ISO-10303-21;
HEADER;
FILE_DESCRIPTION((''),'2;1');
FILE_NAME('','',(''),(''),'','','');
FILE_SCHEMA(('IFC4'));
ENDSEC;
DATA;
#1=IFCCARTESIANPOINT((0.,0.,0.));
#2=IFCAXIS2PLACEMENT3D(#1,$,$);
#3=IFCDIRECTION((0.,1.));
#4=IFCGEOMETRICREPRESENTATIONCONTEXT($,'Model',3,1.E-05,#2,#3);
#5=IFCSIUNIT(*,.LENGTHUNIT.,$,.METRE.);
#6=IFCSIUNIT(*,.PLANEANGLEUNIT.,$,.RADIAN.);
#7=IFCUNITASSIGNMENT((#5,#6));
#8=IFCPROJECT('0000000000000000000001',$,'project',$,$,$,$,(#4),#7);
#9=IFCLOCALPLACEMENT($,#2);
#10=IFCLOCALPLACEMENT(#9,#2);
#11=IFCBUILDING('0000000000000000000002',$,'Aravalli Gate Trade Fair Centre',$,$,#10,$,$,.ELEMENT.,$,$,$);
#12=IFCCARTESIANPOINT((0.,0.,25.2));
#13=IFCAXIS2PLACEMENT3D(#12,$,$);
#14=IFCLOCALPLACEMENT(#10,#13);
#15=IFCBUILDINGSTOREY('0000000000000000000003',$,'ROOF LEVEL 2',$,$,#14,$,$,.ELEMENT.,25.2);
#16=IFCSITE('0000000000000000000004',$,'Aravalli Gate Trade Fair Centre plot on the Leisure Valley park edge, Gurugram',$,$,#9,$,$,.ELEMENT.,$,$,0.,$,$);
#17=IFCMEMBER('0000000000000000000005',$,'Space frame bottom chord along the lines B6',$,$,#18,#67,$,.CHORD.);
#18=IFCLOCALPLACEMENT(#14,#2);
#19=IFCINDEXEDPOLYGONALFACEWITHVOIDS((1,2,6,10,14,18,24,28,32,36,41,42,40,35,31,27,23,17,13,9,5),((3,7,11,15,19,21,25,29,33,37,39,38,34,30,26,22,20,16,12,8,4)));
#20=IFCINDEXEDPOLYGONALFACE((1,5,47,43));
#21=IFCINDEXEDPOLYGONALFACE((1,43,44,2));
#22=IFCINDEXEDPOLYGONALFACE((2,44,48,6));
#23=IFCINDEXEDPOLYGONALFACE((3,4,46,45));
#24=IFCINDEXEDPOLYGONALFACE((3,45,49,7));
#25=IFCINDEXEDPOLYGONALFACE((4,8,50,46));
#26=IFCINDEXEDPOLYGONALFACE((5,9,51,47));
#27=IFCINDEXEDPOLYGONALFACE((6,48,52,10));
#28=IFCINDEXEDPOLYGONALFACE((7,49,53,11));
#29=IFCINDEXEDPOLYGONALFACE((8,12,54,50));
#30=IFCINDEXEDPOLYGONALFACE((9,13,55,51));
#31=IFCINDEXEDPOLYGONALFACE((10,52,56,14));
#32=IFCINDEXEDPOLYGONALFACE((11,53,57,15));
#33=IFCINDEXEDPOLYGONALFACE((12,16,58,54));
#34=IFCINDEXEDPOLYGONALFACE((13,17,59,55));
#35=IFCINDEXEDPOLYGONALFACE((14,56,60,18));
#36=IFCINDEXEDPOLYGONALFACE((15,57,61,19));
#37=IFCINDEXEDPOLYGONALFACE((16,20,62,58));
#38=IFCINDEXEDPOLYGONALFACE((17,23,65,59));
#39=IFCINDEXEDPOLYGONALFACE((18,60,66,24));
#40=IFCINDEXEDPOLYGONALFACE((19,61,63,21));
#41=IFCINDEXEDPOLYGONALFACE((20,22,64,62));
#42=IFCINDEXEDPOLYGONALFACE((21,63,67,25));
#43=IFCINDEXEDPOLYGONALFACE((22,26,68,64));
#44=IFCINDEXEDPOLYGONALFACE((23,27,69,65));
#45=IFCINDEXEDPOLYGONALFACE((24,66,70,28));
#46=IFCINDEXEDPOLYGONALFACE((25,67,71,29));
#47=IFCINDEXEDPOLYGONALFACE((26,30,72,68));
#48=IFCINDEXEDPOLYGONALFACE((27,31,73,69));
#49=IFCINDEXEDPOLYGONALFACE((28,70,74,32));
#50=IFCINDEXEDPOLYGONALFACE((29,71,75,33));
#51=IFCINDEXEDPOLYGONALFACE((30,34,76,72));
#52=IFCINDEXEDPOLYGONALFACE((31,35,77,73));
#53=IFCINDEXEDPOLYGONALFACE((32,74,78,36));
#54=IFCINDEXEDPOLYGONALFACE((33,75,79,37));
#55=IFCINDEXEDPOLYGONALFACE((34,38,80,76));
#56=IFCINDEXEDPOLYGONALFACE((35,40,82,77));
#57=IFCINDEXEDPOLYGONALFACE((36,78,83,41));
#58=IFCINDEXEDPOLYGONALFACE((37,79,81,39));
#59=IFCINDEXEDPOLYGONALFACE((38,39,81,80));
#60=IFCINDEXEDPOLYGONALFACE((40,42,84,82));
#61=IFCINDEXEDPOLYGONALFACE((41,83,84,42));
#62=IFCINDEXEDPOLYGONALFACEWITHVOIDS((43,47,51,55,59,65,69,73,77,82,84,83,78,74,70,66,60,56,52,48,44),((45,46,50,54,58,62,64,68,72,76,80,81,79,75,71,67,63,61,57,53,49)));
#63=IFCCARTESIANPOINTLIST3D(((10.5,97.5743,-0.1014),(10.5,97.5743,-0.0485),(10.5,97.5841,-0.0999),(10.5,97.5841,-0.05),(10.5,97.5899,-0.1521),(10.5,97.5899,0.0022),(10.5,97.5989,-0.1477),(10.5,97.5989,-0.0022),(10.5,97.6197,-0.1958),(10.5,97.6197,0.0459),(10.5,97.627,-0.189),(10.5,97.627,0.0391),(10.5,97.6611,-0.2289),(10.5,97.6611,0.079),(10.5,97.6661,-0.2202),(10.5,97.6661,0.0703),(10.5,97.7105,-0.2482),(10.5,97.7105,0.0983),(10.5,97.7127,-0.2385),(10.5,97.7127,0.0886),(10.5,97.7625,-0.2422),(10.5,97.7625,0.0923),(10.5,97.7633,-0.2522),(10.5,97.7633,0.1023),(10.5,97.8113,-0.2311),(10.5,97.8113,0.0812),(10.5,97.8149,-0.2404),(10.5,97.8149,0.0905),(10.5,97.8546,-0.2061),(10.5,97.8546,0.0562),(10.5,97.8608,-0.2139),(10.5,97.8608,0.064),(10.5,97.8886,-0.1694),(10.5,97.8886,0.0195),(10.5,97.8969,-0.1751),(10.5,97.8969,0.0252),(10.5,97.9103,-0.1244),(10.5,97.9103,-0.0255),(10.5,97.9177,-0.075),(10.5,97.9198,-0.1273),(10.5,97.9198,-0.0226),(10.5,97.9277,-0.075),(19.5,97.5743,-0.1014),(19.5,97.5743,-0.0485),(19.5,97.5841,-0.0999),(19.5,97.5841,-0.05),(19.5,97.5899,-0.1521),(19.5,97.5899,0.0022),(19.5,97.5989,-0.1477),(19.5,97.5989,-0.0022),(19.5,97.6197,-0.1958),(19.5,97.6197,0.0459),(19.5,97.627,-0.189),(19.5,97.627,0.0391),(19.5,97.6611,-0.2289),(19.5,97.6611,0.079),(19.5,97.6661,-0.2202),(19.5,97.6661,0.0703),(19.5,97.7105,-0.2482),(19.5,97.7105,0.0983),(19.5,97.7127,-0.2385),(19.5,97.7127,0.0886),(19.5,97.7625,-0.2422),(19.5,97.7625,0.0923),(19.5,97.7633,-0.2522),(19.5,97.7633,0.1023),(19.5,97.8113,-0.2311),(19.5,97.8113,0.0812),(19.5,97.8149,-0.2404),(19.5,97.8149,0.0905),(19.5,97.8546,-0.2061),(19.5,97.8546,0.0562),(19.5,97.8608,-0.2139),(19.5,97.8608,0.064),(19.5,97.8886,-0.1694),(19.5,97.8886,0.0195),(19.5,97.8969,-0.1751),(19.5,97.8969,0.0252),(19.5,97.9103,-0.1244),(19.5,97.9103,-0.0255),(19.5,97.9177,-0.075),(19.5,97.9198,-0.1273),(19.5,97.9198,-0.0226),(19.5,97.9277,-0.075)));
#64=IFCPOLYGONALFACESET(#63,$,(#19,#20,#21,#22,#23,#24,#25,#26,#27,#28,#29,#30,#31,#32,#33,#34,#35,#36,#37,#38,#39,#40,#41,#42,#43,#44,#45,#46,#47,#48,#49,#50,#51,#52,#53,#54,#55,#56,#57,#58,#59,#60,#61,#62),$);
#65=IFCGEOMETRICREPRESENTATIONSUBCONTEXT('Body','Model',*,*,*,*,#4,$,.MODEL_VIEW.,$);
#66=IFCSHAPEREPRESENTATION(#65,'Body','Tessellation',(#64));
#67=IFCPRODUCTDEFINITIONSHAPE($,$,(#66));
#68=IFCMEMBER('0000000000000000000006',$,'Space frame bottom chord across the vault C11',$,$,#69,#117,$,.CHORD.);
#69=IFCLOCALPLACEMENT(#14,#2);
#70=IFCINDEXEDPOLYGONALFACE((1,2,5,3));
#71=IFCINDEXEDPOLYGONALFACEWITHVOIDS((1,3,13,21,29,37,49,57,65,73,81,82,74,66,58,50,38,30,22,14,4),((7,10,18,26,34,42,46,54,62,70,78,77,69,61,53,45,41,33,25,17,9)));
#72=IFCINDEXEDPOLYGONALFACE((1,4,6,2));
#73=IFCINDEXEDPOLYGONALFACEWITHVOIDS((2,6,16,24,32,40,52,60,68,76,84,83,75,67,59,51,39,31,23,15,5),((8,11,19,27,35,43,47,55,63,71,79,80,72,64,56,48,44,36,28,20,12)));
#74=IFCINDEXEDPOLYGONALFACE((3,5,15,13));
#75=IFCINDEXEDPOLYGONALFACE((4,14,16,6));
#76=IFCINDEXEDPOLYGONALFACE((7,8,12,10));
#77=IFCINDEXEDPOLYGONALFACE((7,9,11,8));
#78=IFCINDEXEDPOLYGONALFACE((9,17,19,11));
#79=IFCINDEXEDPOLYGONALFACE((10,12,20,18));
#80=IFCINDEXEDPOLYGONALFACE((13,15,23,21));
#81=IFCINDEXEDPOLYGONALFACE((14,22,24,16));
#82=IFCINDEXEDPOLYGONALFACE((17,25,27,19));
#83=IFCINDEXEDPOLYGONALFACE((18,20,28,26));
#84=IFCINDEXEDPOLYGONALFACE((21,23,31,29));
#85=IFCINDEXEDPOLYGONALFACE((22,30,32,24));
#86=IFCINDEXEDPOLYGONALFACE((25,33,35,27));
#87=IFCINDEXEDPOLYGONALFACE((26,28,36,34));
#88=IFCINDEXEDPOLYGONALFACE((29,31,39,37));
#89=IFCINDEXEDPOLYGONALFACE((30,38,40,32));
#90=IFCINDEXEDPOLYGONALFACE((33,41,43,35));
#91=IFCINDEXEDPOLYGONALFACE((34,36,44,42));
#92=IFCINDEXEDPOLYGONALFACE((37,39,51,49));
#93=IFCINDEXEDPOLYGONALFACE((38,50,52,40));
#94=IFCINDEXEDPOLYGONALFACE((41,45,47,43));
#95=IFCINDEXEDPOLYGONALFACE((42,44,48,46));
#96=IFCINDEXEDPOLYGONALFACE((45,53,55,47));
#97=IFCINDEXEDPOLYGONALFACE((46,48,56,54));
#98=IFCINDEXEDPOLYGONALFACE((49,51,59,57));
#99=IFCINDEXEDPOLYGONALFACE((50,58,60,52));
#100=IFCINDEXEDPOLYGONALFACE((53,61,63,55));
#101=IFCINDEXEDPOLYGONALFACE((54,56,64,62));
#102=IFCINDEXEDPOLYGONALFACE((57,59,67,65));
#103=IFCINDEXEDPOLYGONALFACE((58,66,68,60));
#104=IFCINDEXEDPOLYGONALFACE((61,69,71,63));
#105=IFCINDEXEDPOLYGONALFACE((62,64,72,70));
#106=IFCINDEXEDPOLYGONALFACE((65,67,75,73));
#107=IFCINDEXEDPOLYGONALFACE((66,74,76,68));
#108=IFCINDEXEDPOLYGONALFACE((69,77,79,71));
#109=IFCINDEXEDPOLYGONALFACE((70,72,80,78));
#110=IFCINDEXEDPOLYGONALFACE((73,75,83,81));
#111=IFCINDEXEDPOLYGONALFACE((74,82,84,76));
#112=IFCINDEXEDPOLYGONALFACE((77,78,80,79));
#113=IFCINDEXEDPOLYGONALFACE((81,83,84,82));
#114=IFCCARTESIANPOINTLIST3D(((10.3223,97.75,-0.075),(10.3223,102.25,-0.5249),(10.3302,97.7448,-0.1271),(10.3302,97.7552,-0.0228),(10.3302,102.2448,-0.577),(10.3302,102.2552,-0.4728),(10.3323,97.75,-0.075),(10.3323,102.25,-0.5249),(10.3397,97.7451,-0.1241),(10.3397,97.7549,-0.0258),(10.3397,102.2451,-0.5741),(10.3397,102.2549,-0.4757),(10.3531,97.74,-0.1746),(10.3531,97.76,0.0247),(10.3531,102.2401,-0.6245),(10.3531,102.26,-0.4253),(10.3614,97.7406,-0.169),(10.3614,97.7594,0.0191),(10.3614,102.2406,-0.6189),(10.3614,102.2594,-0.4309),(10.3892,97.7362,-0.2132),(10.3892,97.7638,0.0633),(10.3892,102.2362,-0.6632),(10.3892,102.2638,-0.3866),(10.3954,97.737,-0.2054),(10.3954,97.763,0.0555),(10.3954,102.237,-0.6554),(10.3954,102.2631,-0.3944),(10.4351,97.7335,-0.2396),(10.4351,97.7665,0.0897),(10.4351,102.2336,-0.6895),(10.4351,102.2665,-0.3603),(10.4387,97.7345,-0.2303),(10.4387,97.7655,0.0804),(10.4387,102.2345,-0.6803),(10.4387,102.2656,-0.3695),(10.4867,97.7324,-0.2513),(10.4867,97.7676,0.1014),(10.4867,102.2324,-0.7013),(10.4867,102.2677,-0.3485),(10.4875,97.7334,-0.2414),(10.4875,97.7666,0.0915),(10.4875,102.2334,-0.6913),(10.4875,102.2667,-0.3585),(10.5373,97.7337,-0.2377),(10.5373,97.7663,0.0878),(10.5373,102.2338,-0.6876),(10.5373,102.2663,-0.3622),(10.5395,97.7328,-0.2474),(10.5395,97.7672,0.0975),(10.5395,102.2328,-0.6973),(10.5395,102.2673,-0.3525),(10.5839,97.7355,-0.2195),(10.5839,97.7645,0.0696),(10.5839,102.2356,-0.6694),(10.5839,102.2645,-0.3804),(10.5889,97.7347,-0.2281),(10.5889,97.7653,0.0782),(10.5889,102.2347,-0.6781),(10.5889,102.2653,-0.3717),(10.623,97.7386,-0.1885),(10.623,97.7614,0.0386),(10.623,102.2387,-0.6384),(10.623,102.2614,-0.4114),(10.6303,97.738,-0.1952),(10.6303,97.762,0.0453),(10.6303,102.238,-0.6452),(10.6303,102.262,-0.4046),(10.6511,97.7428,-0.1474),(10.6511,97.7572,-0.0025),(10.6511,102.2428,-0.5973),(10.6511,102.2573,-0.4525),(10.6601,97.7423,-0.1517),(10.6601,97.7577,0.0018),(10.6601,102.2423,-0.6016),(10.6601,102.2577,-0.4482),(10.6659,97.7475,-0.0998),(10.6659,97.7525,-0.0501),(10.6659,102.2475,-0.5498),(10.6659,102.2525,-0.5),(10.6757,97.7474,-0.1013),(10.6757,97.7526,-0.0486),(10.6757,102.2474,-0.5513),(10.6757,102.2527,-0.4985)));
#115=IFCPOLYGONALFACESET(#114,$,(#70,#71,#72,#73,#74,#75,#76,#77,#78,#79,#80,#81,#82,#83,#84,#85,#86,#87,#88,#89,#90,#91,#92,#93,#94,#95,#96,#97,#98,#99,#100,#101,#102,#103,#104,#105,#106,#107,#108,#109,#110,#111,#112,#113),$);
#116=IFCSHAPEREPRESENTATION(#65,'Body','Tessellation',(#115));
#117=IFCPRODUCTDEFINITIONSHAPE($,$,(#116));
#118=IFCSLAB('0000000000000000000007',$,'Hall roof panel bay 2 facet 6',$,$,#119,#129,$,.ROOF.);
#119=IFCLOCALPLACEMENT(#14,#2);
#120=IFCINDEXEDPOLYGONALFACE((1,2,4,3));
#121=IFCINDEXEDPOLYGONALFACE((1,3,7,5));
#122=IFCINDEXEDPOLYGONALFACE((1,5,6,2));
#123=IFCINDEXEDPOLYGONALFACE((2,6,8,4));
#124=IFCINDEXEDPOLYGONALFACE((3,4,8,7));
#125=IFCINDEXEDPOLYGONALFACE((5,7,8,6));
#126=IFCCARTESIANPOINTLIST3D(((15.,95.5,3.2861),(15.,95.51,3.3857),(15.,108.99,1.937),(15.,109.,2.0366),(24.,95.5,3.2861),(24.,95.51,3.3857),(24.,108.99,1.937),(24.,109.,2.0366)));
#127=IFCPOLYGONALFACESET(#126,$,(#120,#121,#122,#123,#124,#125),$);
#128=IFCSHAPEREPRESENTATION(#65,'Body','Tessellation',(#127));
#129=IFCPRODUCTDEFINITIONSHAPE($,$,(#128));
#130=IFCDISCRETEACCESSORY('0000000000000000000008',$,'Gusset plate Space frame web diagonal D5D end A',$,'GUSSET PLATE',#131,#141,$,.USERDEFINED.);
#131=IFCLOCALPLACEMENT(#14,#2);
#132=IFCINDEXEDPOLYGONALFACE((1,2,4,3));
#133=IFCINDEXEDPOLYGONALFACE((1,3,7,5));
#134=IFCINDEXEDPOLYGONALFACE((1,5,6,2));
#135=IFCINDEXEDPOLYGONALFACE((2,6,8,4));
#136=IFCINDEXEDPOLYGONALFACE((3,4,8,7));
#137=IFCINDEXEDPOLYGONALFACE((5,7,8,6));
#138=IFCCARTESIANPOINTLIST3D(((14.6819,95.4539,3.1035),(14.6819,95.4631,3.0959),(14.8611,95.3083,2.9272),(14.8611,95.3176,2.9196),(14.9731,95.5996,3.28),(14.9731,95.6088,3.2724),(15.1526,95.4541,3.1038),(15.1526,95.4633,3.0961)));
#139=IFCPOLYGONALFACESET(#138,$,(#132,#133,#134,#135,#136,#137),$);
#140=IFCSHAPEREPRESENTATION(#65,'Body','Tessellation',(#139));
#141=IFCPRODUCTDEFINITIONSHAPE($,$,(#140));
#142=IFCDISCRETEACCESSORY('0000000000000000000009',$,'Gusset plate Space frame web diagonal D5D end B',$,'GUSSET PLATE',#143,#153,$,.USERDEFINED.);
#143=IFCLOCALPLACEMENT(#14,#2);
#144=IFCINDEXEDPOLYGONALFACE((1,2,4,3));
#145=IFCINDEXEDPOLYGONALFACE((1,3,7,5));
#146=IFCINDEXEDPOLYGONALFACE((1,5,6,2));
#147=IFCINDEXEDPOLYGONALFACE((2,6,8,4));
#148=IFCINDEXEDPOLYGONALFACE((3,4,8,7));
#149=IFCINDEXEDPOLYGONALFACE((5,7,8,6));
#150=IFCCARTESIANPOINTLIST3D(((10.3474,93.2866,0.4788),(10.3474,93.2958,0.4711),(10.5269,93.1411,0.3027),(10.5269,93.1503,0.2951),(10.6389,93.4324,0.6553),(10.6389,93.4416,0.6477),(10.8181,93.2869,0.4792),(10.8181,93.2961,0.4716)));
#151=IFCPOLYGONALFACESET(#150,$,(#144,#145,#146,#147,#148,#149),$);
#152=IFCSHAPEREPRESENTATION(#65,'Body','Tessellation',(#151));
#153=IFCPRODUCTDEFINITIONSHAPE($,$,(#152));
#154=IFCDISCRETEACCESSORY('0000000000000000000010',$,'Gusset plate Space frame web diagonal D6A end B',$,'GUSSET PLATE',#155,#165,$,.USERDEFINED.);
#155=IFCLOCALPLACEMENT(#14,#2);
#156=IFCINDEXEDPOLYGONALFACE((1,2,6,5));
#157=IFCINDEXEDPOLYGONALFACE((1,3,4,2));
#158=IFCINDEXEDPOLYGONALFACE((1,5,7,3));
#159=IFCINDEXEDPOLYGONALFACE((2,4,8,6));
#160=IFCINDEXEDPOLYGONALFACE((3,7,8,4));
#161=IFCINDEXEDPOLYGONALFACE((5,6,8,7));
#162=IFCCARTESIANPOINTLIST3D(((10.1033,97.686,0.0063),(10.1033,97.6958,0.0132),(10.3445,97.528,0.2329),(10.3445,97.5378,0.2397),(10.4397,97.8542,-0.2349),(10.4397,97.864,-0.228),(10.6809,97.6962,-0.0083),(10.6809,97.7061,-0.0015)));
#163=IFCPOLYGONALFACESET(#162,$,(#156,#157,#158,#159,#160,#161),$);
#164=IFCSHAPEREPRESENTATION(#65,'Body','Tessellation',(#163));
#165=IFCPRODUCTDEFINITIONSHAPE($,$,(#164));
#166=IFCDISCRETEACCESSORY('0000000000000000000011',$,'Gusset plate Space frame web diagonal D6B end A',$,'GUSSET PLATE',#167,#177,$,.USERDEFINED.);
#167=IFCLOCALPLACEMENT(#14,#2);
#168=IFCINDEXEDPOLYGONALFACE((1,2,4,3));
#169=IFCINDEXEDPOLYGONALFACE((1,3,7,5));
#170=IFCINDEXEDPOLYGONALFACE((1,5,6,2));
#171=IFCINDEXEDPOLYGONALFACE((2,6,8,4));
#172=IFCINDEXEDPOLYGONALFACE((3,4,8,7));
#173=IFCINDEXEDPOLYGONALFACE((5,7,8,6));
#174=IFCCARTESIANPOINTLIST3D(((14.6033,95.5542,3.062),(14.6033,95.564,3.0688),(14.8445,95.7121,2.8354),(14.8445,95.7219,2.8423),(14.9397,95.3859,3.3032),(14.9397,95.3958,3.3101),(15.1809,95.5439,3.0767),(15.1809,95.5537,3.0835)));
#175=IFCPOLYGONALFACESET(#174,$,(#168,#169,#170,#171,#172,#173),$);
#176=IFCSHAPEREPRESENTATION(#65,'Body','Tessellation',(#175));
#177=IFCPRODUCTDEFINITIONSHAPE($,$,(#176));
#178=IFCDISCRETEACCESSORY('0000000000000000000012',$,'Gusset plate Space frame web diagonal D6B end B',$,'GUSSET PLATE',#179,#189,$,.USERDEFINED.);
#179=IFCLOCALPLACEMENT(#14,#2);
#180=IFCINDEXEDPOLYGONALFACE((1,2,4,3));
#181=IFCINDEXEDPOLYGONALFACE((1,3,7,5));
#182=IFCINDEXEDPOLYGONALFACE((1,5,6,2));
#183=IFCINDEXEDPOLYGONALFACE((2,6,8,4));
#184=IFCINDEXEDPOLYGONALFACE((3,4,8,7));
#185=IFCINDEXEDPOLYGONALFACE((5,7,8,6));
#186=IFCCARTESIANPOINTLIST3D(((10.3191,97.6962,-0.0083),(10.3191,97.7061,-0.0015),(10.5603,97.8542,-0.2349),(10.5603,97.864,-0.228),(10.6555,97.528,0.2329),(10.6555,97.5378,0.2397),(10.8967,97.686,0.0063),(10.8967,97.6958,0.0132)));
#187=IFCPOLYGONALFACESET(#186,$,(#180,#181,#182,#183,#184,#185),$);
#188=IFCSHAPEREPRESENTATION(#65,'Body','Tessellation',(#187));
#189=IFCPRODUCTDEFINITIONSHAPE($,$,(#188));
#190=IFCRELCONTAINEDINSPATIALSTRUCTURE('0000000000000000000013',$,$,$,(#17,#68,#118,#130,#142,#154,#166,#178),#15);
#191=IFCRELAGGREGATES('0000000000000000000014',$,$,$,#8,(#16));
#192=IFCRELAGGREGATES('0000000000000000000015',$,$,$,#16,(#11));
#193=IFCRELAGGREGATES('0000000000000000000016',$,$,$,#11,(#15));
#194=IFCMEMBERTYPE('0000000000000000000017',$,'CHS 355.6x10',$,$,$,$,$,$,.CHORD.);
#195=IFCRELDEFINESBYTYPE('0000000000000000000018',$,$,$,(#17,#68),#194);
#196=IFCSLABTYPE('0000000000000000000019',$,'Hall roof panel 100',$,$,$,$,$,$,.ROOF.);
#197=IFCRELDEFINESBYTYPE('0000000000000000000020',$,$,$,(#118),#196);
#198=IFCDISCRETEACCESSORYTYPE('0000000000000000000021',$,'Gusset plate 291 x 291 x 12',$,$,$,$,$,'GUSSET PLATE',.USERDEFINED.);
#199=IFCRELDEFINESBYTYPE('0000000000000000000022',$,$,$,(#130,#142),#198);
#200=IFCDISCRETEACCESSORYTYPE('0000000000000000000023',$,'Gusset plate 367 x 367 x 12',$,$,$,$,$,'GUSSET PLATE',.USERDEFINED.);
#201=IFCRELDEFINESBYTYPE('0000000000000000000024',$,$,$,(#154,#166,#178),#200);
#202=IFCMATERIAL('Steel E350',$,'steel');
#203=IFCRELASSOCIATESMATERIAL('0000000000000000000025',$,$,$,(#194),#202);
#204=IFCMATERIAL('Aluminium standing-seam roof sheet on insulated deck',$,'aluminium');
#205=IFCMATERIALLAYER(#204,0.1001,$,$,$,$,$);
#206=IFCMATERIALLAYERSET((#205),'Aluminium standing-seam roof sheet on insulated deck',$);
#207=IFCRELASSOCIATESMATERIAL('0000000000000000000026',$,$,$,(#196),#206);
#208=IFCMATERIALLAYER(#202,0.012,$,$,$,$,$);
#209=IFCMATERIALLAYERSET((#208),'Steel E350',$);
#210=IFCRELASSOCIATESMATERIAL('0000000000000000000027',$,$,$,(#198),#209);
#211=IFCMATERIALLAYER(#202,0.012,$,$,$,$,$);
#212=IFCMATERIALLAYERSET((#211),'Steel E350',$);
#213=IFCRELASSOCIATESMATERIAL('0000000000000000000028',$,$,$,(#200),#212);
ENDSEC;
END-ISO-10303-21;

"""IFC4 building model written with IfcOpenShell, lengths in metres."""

from ifc_helpers import new_model, si_unit, direction, frame, origin, origin_2d, place, context, subcontext, project, spatial, polyline, hollow_circle, outline, extrude, material, layer, layer_set, material_profile, profile_set, type_object, element, save


model = new_model("IFC4")

# Units and contexts
model_context = context("Model", 3, precision=1e-05, world=origin(), true_north=direction((0.0, 1.0)))
body_context = subcontext(model_context, "Body", "Model", "MODEL_VIEW")
ifc_project = project(units=[si_unit("LENGTHUNIT", "METRE"), si_unit("PLANEANGLEUNIT", "RADIAN")], contexts=[model_context])

# Site, building, storey
site_placement = place(None, origin())
site = spatial("IfcSite", under=ifc_project, at=site_placement, Name="Aravalli Gate Trade Fair Centre plot on the Leisure Valley park edge, Gurugram", CompositionType="ELEMENT", RefElevation=0.0)
building_placement = place(site_placement, origin())
building = spatial("IfcBuilding", under=site, at=building_placement, Name="Aravalli Gate Trade Fair Centre", CompositionType="ELEMENT")
storey_placement = place(building_placement, frame((0.0, 0.0, 25.2)))
storey = spatial("IfcBuildingStorey", under=building, at=storey_placement, Name="ROOF LEVEL 2", CompositionType="ELEMENT", Elevation=25.2)

# Members
ifc_material_1 = material(Name="Steel E350", Category="steel")
ifc_material_profile_1 = material_profile(ifc_material_1, hollow_circle(Radius=0.1777, WallThickness=0.01, at=origin_2d()), Name="CHS 355.6x10")
ifc_profile_set_1 = profile_set([ifc_material_profile_1], Name="Steel E350")
member_type_1 = type_object("IfcMemberType", Name="CHS 355.6x10", PredefinedType="CHORD", material=ifc_profile_set_1)
member_1_placement = place(storey_placement, frame((10.5, 97.75, -0.075), z_axis=(1.0, 0.0, 0.0), x_axis=(0.0, 1.0, 0.0)))
element("IfcMember", 1, at=member_1_placement, inside=storey, type_object=member_type_1, Name="Space frame bottom chord along the lines B6", PredefinedType="CHORD", context=body_context, shape_type="SweptSolid", body=[
    extrude(hollow_circle(Radius=0.1777, WallThickness=0.01, at=origin_2d()), origin(), (0.0, 0.0, 1.0), 9.0),
])
member_2_placement = place(storey_placement, frame((10.5, 97.75, -0.075), z_axis=(0.0, 0.995038, -0.099493), x_axis=(-1.0, 0.0, 0.0)))
element("IfcMember", 2, at=member_2_placement, inside=storey, type_object=member_type_1, Name="Space frame bottom chord across the vault C11", PredefinedType="CHORD", context=body_context, shape_type="SweptSolid", body=[
    extrude(hollow_circle(Radius=0.1777, WallThickness=0.01, at=origin_2d()), origin(), (0.0, 0.0, 1.0), 4.5225),
])

# Slab
ifc_material_2 = material(Name="Aluminium standing-seam roof sheet on insulated deck", Category="aluminium")
ifc_layer_1 = layer(ifc_material_2, 0.1001)
ifc_layer_set_1 = layer_set([ifc_layer_1], Name="Aluminium standing-seam roof sheet on insulated deck")
slab_type = type_object("IfcSlabType", Name="Hall roof panel 100", PredefinedType="ROOF", material=ifc_layer_set_1)
slab_placement = place(storey_placement, frame((15.0, 95.51, 3.3857), z_axis=(0.0, 0.099513, 0.995036), x_axis=(1.0, 0.0, 0.0)))
element("IfcSlab", 3, at=slab_placement, inside=storey, type_object=slab_type, Name="Hall roof panel bay 2 facet 6", PredefinedType="ROOF", context=body_context, shape_type="SweptSolid", body=[
    extrude(outline(polyline([(0.0, 0.0), (9.0, 0.0), (9.0, 13.5573), (0.0, 13.5573), (0.0, 0.0)])), origin(), (0.0, 0.0, -1.0), 0.1001),
])

# Discrete accessories
ifc_layer_2 = layer(ifc_material_1, 0.012)
ifc_layer_set_2 = layer_set([ifc_layer_2], Name="Steel E350")
discrete_accessory_type_1 = type_object("IfcDiscreteAccessoryType", Name="Gusset plate 291 x 291 x 12", ElementType="GUSSET PLATE", PredefinedType="USERDEFINED", material=ifc_layer_set_2)
discrete_accessory_1_placement = place(storey_placement, frame((14.6819, 95.4539, 3.1035), z_axis=(0.00007, -0.771155, 0.636648), x_axis=(0.786233, 0.393446, 0.476485)))
element("IfcDiscreteAccessory", 4, at=discrete_accessory_1_placement, inside=storey, type_object=discrete_accessory_type_1, Name="Gusset plate Space frame web diagonal D5D end A", ObjectType="GUSSET PLATE", PredefinedType="USERDEFINED", context=body_context, shape_type="SweptSolid", body=[
    extrude(outline(polyline([(0.0, 0.0), (0.3704, 0.0), (0.3703, -0.2906), (-0.0003, -0.2904), (0.0, 0.0)])), origin(), (0.0, 0.0, -1.0), 0.012),
])
discrete_accessory_2_placement = place(storey_placement, frame((10.6389, 93.4324, 0.6553), z_axis=(-0.000261, -0.770887, 0.636972), x_axis=(-0.786484, -0.393242, -0.476238)))
element("IfcDiscreteAccessory", 5, at=discrete_accessory_2_placement, inside=storey, type_object=discrete_accessory_type_1, Name="Gusset plate Space frame web diagonal D5D end B", ObjectType="GUSSET PLATE", PredefinedType="USERDEFINED", context=body_context, shape_type="SweptSolid", body=[
    extrude(outline(polyline([(0.0, 0.0), (0.3706, 0.0), (0.3706, 0.2904), (0.0001, 0.2903), (0.0, 0.0)])), origin(), (0.0, 0.0, -1.0), 0.012),
])
ifc_layer_3 = layer(ifc_material_1, 0.012)
ifc_layer_set_3 = layer_set([ifc_layer_3], Name="Steel E350")
discrete_accessory_type_2 = type_object("IfcDiscreteAccessoryType", Name="Gusset plate 367 x 367 x 12", ElementType="GUSSET PLATE", PredefinedType="USERDEFINED", material=ifc_layer_set_3)
discrete_accessory_3_placement = place(storey_placement, frame((10.1033, 97.6958, 0.0132), z_axis=(-0.000057, 0.820282, 0.57196), x_axis=(0.75291, 0.376455, -0.539822)))
element("IfcDiscreteAccessory", 6, at=discrete_accessory_3_placement, inside=storey, type_object=discrete_accessory_type_2, Name="Gusset plate Space frame web diagonal D6A end B", ObjectType="GUSSET PLATE", PredefinedType="USERDEFINED", context=body_context, shape_type="SweptSolid", body=[
    extrude(outline(polyline([(0.0, 0.0), (0.4468, 0.0), (0.4467, -0.3667), (-0.0002, -0.3667), (0.0, 0.0)])), origin(), (0.0, 0.0, -1.0), 0.012),
])
discrete_accessory_4_placement = place(storey_placement, frame((14.6033, 95.564, 3.0688), z_axis=(0.000057, 0.820282, 0.57196), x_axis=(0.75291, -0.376455, 0.539822)))
element("IfcDiscreteAccessory", 7, at=discrete_accessory_4_placement, inside=storey, type_object=discrete_accessory_type_2, Name="Gusset plate Space frame web diagonal D6B end A", ObjectType="GUSSET PLATE", PredefinedType="USERDEFINED", context=body_context, shape_type="SweptSolid", body=[
    extrude(outline(polyline([(0.0, 0.0), (0.4468, 0.0), (0.4467, 0.3667), (-0.0002, 0.3667), (0.0, 0.0)])), origin(), (0.0, 0.0, -1.0), 0.012),
])
discrete_accessory_5_placement = place(storey_placement, frame((10.6555, 97.5378, 0.2397), z_axis=(0.000057, 0.820282, 0.57196), x_axis=(-0.75291, 0.376455, -0.539822)))
element("IfcDiscreteAccessory", 8, at=discrete_accessory_5_placement, inside=storey, type_object=discrete_accessory_type_2, Name="Gusset plate Space frame web diagonal D6B end B", ObjectType="GUSSET PLATE", PredefinedType="USERDEFINED", context=body_context, shape_type="SweptSolid", body=[
    extrude(outline(polyline([(0.0, 0.0), (0.4468, 0.0), (0.447, -0.3667), (0.0002, -0.3667), (0.0, 0.0)])), origin(), (0.0, 0.0, -1.0), 0.012),
])

save(model, "model.ifc")
